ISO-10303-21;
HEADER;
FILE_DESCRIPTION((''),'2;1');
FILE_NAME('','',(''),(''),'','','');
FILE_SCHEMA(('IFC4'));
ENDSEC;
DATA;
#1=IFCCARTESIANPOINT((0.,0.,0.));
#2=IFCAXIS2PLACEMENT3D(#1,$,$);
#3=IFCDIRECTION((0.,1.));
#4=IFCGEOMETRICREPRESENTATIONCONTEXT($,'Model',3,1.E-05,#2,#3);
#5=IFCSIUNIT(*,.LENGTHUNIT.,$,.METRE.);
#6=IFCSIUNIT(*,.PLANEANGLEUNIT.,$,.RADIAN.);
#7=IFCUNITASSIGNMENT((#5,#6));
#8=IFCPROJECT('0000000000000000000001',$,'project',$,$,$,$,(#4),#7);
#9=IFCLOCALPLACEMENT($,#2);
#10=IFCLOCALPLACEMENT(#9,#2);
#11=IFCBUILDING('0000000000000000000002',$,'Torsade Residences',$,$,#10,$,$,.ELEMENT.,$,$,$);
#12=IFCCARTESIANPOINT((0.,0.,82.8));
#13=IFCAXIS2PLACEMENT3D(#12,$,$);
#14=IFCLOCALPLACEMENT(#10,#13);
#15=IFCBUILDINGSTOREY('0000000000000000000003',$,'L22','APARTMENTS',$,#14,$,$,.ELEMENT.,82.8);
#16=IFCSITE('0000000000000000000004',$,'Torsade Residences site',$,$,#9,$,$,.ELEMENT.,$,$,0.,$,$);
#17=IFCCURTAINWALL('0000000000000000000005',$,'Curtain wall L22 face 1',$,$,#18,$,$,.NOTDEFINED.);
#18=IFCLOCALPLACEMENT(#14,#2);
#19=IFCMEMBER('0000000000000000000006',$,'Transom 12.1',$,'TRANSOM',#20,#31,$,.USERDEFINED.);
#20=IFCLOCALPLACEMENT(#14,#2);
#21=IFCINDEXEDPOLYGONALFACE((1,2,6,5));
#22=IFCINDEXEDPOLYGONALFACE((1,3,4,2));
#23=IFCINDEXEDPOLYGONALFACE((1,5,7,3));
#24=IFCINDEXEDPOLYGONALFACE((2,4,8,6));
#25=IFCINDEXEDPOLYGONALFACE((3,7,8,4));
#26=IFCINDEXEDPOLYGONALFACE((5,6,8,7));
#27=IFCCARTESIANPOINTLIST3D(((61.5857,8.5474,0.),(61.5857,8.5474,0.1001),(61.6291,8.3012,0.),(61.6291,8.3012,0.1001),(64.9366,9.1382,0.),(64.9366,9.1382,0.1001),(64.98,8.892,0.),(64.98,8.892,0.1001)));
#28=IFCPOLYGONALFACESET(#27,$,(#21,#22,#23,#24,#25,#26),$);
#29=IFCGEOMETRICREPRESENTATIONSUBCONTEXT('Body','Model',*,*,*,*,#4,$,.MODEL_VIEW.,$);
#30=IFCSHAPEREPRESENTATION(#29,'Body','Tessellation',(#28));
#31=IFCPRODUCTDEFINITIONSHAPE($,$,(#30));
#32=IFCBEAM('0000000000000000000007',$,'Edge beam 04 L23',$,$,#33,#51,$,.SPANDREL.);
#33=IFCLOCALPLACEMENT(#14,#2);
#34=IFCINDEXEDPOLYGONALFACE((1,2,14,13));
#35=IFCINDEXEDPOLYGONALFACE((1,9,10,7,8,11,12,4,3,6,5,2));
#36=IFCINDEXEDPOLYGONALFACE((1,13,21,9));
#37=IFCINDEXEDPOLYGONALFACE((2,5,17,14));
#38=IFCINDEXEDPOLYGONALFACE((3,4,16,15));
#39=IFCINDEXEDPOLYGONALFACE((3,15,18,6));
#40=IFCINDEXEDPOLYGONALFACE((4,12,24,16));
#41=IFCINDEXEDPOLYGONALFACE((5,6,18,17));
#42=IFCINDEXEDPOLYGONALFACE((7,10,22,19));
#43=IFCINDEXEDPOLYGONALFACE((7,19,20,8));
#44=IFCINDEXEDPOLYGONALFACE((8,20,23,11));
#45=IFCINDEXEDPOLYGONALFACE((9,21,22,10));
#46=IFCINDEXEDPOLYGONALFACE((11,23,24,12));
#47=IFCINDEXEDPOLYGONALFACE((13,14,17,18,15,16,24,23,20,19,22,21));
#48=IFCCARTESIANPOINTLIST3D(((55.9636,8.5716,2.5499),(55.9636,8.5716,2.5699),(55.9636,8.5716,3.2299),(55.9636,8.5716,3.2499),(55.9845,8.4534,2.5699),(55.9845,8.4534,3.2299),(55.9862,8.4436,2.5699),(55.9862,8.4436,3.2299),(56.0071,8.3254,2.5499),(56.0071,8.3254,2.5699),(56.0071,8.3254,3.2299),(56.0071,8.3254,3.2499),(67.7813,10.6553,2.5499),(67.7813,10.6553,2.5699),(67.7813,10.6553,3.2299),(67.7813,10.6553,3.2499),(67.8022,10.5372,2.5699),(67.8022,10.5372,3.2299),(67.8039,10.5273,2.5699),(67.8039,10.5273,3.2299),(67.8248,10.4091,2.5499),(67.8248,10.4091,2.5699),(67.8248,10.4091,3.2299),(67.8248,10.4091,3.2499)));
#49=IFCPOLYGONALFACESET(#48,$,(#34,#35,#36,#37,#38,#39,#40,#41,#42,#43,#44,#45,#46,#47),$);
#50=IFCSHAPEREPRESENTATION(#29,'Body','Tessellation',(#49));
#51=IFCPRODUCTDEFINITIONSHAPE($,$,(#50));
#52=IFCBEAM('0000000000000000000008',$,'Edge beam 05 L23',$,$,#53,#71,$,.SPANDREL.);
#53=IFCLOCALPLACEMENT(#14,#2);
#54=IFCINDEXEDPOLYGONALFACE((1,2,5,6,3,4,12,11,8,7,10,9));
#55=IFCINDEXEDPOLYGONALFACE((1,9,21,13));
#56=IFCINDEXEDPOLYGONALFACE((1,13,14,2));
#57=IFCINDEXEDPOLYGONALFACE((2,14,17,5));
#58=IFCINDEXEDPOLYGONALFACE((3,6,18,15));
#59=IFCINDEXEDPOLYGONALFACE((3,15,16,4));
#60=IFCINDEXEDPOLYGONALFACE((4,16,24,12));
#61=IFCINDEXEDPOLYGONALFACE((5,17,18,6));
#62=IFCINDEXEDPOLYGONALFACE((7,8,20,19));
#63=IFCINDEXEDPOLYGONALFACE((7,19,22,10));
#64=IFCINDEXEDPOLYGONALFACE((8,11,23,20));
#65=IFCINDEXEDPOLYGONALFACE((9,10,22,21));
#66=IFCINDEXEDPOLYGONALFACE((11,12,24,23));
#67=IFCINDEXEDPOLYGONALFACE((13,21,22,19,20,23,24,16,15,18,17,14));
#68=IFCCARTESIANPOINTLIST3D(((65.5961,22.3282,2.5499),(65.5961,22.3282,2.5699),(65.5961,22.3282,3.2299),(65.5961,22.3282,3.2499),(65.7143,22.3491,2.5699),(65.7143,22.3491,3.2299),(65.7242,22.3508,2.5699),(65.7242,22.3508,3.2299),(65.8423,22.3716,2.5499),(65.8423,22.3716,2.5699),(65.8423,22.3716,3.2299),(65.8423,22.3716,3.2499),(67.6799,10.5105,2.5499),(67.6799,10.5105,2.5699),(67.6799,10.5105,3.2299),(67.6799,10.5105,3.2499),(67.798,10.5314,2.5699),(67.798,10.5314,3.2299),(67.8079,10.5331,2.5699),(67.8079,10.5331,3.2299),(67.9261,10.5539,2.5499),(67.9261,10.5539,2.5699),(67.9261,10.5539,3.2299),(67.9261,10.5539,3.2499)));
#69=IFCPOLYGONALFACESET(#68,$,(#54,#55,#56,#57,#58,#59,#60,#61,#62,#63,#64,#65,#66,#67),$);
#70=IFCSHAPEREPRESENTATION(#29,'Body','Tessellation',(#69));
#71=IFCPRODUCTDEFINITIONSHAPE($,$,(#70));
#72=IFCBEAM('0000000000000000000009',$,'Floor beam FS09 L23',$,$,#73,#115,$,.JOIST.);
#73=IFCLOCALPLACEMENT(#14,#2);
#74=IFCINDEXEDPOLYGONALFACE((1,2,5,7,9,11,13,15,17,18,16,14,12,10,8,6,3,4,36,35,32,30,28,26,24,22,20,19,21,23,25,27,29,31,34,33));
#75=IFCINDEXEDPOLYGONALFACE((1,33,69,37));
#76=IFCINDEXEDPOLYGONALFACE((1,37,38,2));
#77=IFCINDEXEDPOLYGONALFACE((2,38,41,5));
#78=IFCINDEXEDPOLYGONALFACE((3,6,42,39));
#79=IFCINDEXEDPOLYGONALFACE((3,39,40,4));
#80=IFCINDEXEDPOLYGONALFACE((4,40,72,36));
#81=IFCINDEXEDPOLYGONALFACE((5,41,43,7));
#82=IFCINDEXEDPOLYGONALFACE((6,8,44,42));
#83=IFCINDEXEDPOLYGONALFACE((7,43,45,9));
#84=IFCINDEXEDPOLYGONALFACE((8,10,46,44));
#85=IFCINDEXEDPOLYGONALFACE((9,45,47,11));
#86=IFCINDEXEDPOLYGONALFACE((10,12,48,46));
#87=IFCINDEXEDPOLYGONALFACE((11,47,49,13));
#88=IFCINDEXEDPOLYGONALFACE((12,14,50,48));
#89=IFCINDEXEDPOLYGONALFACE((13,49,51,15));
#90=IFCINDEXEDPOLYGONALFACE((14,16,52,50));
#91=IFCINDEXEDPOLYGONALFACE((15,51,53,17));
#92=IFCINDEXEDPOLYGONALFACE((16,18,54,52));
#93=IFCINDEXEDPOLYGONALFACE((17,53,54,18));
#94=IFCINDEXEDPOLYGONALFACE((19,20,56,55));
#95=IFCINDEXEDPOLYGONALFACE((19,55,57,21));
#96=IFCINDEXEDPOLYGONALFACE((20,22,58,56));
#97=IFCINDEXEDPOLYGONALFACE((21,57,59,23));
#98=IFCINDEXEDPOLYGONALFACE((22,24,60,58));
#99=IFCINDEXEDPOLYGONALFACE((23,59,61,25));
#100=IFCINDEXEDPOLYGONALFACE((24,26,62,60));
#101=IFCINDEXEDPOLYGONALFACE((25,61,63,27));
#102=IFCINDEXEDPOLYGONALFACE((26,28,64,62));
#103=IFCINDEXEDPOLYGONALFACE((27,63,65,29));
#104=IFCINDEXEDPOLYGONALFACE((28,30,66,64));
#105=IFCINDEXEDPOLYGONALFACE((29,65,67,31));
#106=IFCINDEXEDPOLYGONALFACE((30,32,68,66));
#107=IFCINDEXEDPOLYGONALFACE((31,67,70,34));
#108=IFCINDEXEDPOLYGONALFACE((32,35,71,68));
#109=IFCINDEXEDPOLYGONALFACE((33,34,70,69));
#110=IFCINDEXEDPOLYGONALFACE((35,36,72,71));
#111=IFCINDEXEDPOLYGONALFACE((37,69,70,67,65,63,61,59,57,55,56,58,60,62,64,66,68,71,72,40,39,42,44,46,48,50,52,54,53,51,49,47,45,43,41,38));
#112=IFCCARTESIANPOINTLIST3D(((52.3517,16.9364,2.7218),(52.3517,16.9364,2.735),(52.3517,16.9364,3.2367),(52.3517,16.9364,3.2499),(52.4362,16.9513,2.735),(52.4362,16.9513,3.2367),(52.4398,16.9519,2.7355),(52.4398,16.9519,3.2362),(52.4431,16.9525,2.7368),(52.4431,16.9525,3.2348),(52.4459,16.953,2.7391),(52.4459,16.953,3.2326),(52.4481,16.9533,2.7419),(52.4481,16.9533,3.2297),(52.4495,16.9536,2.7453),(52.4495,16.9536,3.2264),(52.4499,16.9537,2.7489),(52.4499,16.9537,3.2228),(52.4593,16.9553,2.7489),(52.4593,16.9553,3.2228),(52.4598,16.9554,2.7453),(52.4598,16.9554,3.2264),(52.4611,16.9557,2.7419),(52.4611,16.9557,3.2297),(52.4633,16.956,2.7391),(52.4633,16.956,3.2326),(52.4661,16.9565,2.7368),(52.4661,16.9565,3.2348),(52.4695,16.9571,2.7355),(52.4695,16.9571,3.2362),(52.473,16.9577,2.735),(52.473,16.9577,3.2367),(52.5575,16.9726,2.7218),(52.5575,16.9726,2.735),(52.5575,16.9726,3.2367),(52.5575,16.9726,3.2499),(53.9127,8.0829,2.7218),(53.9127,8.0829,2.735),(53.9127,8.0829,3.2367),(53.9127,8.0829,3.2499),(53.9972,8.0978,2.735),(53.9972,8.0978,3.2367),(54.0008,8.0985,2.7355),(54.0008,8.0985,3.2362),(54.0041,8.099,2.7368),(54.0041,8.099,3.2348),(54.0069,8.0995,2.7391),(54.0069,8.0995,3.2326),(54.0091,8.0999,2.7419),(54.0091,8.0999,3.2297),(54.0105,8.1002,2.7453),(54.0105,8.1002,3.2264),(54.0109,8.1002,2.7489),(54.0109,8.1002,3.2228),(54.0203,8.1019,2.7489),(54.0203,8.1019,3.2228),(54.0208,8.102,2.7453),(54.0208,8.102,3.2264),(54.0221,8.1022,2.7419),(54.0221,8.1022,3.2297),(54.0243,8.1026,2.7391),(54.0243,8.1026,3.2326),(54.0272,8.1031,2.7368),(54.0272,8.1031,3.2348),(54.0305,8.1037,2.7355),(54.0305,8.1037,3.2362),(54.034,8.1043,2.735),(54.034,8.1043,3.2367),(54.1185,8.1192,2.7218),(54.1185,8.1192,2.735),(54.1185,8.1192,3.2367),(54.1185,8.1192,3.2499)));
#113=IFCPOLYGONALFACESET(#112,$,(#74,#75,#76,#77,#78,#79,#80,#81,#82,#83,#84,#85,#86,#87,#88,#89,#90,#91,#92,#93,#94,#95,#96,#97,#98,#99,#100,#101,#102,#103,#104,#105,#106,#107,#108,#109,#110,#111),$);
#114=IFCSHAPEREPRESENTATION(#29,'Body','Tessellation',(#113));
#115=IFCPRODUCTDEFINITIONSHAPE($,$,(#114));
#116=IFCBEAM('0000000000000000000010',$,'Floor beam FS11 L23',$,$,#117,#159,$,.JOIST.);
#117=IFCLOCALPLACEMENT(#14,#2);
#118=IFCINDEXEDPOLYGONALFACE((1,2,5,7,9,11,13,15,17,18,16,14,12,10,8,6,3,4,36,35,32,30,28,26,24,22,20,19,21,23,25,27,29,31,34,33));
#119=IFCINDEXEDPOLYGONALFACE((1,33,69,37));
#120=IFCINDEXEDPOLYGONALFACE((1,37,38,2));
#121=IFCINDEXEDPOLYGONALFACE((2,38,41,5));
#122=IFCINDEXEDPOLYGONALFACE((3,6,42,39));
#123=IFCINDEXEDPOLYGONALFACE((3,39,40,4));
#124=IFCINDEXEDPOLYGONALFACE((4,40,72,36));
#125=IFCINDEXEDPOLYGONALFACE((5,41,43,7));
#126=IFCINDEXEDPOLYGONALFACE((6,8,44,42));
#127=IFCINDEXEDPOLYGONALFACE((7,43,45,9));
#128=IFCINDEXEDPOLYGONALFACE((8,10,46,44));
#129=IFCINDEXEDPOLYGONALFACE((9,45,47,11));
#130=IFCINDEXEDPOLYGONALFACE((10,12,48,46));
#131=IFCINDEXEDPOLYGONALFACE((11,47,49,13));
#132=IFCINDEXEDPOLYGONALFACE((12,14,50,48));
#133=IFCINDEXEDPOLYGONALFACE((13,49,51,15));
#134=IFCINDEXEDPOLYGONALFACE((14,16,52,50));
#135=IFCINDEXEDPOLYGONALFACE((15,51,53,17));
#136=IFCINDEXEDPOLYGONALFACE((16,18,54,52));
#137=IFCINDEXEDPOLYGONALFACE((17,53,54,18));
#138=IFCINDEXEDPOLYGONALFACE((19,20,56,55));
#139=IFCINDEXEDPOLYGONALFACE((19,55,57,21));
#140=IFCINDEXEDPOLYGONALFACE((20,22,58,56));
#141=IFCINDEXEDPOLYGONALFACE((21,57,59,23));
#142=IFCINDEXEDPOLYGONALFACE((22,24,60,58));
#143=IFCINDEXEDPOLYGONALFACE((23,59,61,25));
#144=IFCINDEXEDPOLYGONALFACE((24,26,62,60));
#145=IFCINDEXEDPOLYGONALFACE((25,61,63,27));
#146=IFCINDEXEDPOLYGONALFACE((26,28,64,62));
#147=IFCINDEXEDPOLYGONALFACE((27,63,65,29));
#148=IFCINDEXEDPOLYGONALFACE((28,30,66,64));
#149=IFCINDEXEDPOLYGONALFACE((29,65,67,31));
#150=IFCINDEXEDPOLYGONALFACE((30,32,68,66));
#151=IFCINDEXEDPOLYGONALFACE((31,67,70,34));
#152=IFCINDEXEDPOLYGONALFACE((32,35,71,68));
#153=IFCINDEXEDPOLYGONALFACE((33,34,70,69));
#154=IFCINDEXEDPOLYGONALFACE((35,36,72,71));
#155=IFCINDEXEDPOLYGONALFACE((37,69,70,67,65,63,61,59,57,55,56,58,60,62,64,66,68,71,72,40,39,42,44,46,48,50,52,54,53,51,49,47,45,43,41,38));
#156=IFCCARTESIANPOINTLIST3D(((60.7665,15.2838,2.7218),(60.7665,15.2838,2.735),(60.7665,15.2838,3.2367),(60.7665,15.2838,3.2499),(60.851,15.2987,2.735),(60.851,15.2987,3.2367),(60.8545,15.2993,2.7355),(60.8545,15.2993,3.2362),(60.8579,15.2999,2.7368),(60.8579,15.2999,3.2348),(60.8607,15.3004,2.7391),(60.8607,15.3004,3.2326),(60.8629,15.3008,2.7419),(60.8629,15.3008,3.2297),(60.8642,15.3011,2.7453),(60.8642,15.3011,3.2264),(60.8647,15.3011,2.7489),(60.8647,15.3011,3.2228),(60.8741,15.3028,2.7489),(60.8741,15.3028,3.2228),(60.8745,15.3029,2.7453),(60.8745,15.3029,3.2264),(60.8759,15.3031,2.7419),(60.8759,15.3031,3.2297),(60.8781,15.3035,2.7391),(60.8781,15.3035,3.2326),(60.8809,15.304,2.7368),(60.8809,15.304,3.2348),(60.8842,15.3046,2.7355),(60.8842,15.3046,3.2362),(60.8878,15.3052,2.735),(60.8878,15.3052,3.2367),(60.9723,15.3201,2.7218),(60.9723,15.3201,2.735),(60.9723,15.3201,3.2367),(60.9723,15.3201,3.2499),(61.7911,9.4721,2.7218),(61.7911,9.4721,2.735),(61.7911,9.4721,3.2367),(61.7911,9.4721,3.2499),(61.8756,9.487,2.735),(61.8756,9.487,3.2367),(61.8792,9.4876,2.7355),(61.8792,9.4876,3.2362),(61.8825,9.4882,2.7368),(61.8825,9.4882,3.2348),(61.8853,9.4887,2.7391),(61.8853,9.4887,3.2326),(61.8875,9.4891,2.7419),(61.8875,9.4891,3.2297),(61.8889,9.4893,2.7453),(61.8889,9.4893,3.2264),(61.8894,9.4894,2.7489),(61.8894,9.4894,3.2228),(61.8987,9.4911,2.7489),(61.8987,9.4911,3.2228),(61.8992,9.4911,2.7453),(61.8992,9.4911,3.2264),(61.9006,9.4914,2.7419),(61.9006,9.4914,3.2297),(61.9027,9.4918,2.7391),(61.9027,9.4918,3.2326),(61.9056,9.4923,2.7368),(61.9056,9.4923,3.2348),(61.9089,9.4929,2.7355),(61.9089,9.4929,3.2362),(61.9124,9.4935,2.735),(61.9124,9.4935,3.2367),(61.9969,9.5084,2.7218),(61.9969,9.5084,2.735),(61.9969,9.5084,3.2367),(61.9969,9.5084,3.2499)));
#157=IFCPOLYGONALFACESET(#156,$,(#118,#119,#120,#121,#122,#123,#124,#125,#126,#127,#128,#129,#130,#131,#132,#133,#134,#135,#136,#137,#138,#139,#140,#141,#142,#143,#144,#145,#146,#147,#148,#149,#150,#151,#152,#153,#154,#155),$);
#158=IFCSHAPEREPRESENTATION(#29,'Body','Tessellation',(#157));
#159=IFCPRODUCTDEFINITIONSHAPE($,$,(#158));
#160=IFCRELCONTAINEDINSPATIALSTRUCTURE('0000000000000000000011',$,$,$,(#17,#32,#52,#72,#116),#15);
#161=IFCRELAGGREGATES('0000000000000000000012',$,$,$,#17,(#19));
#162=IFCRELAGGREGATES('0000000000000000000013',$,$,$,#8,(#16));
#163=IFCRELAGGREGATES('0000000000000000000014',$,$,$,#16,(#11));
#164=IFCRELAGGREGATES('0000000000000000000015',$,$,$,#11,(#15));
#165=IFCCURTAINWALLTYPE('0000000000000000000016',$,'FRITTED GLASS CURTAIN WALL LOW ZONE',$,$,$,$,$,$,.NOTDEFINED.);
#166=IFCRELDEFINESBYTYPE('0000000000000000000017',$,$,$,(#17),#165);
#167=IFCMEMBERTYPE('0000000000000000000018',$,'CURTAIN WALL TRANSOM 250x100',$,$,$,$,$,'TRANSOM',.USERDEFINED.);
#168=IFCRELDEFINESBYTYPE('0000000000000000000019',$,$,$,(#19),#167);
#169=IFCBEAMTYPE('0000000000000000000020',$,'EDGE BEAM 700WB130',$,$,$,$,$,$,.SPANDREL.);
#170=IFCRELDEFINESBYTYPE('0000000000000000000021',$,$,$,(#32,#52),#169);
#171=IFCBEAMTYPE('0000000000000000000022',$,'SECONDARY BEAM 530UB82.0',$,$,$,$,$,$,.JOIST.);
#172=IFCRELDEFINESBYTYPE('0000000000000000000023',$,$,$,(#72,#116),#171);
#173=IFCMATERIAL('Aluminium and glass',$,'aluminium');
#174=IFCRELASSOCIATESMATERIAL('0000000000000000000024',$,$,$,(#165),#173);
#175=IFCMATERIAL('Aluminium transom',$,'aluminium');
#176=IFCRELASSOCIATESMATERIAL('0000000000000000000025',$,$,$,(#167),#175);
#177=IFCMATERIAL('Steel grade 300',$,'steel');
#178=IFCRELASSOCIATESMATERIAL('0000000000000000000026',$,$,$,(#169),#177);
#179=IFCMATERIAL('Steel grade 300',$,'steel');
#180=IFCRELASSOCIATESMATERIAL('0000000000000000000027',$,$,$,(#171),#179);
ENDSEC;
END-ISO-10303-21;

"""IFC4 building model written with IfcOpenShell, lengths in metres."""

from ifc_helpers import new_model, si_unit, direction, frame, origin, origin_2d, place, context, subcontext, project, spatial, rectangle, i_section, extrude, material, material_profile, profile_set, type_object, element, aggregate, save


model = new_model("IFC4")

# Units and contexts
model_context = context("Model", 3, precision=1e-05, world=origin(), true_north=direction((0.0, 1.0)))
body_context = subcontext(model_context, "Body", "Model", "MODEL_VIEW")
ifc_project = project(units=[si_unit("LENGTHUNIT", "METRE"), si_unit("PLANEANGLEUNIT", "RADIAN")], contexts=[model_context])

# Site, building, storey
site_placement = place(None, origin())
site = spatial("IfcSite", under=ifc_project, at=site_placement, Name="Torsade Residences site", CompositionType="ELEMENT", RefElevation=0.0)
building_placement = place(site_placement, origin())
building = spatial("IfcBuilding", under=site, at=building_placement, Name="Torsade Residences", CompositionType="ELEMENT")
storey_placement = place(building_placement, frame((0.0, 0.0, 82.8)))
storey = spatial("IfcBuildingStorey", under=building, at=storey_placement, Name="L22", Description="APARTMENTS", CompositionType="ELEMENT", Elevation=82.8)

# Curtain wall, member
ifc_material_1 = material(Name="Aluminium and glass", Category="aluminium")
curtain_wall_type = type_object("IfcCurtainWallType", Name="FRITTED GLASS CURTAIN WALL LOW ZONE", PredefinedType="NOTDEFINED", material=ifc_material_1)
curtain_wall_placement = place(storey_placement, origin())
curtain_wall = element("IfcCurtainWall", 1, at=curtain_wall_placement, inside=storey, type_object=curtain_wall_type, Name="Curtain wall L22 face 1", PredefinedType="NOTDEFINED")
ifc_material_2 = material(Name="Aluminium transom", Category="aluminium")
ifc_material_profile_1 = material_profile(ifc_material_2, rectangle(XDim=0.25, YDim=0.1001, at=origin_2d()), Name="CURTAIN WALL TRANSOM 250x100")
ifc_profile_set_1 = profile_set([ifc_material_profile_1], Name="Aluminium transom")
member_type_1 = type_object("IfcMemberType", Name="CURTAIN WALL TRANSOM 250x100", ElementType="TRANSOM", PredefinedType="USERDEFINED", material=ifc_profile_set_1)
member_1_placement = place(storey_placement, frame((61.6074, 8.4243, 0.05), z_axis=(0.984809, 0.173642, 0.0), x_axis=(-0.173642, 0.984809, 0.0)))
member_1 = element("IfcMember", 2, at=member_1_placement, type_object=member_type_1, Name="Transom 12.1", ObjectType="TRANSOM", PredefinedType="USERDEFINED", context=body_context, shape_type="SweptSolid", body=[
    extrude(rectangle(XDim=0.25, YDim=0.1001, at=origin_2d()), origin(), (0.0, 0.0, 1.0), 3.4026),
])

# Beams
ifc_material_3 = material(Name="Steel grade 300", Category="steel")
ifc_material_profile_2 = material_profile(ifc_material_3, i_section(OverallWidth=0.25, OverallDepth=0.7, WebThickness=0.01, FlangeThickness=0.02, at=origin_2d()), Name="700WB130")
ifc_profile_set_2 = profile_set([ifc_material_profile_2], Name="Steel grade 300")
beam_type_1 = type_object("IfcBeamType", Name="EDGE BEAM 700WB130", PredefinedType="SPANDREL", material=ifc_profile_set_2)
for number, where, z_axis, x_axis, name in (
    (3, (55.9854, 8.4485, 2.8999), (0.984808, 0.173646, 0.0), (-0.173646, 0.984808, 0.0), "Edge beam 04 L23"),
    (4, (67.803, 10.5322, 2.8999), (-0.173646, 0.984808, 0.0), (-0.984808, -0.173646, 0.0), "Edge beam 05 L23"),
):
    element("IfcBeam", number, at=place(storey_placement, frame(where, z_axis=z_axis, x_axis=x_axis)), inside=storey, type_object=beam_type_1, Name=name, PredefinedType="SPANDREL", context=body_context, shape_type="SweptSolid", body=[
        extrude(i_section(OverallWidth=0.25, OverallDepth=0.7, WebThickness=0.01, FlangeThickness=0.02, at=origin_2d()), origin(), (0.0, 0.0, 1.0), 12.0),
    ])
ifc_material_4 = material(Name="Steel grade 300", Category="steel")
ifc_material_profile_3 = material_profile(ifc_material_4, i_section(OverallWidth=0.209, OverallDepth=0.5281, WebThickness=0.0095, FlangeThickness=0.0132, FilletRadius=0.0139, at=origin_2d()), Name="530UB82.0")
ifc_profile_set_3 = profile_set([ifc_material_profile_3], Name="Steel grade 300")
beam_type_2 = type_object("IfcBeamType", Name="SECONDARY BEAM 530UB82.0", PredefinedType="JOIST", material=ifc_profile_set_3)
beam_1_placement = place(storey_placement, frame((54.0156, 8.1011, 2.9858), z_axis=(-0.17364, 0.984809, 0.0), x_axis=(-0.984809, -0.17364, 0.0)))
element("IfcBeam", 5, at=beam_1_placement, inside=storey, type_object=beam_type_2, Name="Floor beam FS09 L23", PredefinedType="JOIST", context=body_context, shape_type="SweptSolid", body=[
    extrude(i_section(OverallWidth=0.209, OverallDepth=0.5281, WebThickness=0.0095, FlangeThickness=0.0132, FilletRadius=0.0139, at=origin_2d()), origin(), (0.0, 0.0, 1.0), 8.99),
])
beam_2_placement = place(storey_placement, frame((61.894, 9.4902, 2.9858), z_axis=(-0.17363, 0.984811, 0.0), x_axis=(-0.984811, -0.17363, 0.0)))
element("IfcBeam", 6, at=beam_2_placement, inside=storey, type_object=beam_type_2, Name="Floor beam FS11 L23", PredefinedType="JOIST", context=body_context, shape_type="SweptSolid", body=[
    extrude(i_section(OverallWidth=0.209, OverallDepth=0.5281, WebThickness=0.0095, FlangeThickness=0.0132, FilletRadius=0.0139, at=origin_2d()), origin(), (0.0, 0.0, 1.0), 5.9014),
])

aggregate(curtain_wall, [member_1])

save(model, "model.ifc")
